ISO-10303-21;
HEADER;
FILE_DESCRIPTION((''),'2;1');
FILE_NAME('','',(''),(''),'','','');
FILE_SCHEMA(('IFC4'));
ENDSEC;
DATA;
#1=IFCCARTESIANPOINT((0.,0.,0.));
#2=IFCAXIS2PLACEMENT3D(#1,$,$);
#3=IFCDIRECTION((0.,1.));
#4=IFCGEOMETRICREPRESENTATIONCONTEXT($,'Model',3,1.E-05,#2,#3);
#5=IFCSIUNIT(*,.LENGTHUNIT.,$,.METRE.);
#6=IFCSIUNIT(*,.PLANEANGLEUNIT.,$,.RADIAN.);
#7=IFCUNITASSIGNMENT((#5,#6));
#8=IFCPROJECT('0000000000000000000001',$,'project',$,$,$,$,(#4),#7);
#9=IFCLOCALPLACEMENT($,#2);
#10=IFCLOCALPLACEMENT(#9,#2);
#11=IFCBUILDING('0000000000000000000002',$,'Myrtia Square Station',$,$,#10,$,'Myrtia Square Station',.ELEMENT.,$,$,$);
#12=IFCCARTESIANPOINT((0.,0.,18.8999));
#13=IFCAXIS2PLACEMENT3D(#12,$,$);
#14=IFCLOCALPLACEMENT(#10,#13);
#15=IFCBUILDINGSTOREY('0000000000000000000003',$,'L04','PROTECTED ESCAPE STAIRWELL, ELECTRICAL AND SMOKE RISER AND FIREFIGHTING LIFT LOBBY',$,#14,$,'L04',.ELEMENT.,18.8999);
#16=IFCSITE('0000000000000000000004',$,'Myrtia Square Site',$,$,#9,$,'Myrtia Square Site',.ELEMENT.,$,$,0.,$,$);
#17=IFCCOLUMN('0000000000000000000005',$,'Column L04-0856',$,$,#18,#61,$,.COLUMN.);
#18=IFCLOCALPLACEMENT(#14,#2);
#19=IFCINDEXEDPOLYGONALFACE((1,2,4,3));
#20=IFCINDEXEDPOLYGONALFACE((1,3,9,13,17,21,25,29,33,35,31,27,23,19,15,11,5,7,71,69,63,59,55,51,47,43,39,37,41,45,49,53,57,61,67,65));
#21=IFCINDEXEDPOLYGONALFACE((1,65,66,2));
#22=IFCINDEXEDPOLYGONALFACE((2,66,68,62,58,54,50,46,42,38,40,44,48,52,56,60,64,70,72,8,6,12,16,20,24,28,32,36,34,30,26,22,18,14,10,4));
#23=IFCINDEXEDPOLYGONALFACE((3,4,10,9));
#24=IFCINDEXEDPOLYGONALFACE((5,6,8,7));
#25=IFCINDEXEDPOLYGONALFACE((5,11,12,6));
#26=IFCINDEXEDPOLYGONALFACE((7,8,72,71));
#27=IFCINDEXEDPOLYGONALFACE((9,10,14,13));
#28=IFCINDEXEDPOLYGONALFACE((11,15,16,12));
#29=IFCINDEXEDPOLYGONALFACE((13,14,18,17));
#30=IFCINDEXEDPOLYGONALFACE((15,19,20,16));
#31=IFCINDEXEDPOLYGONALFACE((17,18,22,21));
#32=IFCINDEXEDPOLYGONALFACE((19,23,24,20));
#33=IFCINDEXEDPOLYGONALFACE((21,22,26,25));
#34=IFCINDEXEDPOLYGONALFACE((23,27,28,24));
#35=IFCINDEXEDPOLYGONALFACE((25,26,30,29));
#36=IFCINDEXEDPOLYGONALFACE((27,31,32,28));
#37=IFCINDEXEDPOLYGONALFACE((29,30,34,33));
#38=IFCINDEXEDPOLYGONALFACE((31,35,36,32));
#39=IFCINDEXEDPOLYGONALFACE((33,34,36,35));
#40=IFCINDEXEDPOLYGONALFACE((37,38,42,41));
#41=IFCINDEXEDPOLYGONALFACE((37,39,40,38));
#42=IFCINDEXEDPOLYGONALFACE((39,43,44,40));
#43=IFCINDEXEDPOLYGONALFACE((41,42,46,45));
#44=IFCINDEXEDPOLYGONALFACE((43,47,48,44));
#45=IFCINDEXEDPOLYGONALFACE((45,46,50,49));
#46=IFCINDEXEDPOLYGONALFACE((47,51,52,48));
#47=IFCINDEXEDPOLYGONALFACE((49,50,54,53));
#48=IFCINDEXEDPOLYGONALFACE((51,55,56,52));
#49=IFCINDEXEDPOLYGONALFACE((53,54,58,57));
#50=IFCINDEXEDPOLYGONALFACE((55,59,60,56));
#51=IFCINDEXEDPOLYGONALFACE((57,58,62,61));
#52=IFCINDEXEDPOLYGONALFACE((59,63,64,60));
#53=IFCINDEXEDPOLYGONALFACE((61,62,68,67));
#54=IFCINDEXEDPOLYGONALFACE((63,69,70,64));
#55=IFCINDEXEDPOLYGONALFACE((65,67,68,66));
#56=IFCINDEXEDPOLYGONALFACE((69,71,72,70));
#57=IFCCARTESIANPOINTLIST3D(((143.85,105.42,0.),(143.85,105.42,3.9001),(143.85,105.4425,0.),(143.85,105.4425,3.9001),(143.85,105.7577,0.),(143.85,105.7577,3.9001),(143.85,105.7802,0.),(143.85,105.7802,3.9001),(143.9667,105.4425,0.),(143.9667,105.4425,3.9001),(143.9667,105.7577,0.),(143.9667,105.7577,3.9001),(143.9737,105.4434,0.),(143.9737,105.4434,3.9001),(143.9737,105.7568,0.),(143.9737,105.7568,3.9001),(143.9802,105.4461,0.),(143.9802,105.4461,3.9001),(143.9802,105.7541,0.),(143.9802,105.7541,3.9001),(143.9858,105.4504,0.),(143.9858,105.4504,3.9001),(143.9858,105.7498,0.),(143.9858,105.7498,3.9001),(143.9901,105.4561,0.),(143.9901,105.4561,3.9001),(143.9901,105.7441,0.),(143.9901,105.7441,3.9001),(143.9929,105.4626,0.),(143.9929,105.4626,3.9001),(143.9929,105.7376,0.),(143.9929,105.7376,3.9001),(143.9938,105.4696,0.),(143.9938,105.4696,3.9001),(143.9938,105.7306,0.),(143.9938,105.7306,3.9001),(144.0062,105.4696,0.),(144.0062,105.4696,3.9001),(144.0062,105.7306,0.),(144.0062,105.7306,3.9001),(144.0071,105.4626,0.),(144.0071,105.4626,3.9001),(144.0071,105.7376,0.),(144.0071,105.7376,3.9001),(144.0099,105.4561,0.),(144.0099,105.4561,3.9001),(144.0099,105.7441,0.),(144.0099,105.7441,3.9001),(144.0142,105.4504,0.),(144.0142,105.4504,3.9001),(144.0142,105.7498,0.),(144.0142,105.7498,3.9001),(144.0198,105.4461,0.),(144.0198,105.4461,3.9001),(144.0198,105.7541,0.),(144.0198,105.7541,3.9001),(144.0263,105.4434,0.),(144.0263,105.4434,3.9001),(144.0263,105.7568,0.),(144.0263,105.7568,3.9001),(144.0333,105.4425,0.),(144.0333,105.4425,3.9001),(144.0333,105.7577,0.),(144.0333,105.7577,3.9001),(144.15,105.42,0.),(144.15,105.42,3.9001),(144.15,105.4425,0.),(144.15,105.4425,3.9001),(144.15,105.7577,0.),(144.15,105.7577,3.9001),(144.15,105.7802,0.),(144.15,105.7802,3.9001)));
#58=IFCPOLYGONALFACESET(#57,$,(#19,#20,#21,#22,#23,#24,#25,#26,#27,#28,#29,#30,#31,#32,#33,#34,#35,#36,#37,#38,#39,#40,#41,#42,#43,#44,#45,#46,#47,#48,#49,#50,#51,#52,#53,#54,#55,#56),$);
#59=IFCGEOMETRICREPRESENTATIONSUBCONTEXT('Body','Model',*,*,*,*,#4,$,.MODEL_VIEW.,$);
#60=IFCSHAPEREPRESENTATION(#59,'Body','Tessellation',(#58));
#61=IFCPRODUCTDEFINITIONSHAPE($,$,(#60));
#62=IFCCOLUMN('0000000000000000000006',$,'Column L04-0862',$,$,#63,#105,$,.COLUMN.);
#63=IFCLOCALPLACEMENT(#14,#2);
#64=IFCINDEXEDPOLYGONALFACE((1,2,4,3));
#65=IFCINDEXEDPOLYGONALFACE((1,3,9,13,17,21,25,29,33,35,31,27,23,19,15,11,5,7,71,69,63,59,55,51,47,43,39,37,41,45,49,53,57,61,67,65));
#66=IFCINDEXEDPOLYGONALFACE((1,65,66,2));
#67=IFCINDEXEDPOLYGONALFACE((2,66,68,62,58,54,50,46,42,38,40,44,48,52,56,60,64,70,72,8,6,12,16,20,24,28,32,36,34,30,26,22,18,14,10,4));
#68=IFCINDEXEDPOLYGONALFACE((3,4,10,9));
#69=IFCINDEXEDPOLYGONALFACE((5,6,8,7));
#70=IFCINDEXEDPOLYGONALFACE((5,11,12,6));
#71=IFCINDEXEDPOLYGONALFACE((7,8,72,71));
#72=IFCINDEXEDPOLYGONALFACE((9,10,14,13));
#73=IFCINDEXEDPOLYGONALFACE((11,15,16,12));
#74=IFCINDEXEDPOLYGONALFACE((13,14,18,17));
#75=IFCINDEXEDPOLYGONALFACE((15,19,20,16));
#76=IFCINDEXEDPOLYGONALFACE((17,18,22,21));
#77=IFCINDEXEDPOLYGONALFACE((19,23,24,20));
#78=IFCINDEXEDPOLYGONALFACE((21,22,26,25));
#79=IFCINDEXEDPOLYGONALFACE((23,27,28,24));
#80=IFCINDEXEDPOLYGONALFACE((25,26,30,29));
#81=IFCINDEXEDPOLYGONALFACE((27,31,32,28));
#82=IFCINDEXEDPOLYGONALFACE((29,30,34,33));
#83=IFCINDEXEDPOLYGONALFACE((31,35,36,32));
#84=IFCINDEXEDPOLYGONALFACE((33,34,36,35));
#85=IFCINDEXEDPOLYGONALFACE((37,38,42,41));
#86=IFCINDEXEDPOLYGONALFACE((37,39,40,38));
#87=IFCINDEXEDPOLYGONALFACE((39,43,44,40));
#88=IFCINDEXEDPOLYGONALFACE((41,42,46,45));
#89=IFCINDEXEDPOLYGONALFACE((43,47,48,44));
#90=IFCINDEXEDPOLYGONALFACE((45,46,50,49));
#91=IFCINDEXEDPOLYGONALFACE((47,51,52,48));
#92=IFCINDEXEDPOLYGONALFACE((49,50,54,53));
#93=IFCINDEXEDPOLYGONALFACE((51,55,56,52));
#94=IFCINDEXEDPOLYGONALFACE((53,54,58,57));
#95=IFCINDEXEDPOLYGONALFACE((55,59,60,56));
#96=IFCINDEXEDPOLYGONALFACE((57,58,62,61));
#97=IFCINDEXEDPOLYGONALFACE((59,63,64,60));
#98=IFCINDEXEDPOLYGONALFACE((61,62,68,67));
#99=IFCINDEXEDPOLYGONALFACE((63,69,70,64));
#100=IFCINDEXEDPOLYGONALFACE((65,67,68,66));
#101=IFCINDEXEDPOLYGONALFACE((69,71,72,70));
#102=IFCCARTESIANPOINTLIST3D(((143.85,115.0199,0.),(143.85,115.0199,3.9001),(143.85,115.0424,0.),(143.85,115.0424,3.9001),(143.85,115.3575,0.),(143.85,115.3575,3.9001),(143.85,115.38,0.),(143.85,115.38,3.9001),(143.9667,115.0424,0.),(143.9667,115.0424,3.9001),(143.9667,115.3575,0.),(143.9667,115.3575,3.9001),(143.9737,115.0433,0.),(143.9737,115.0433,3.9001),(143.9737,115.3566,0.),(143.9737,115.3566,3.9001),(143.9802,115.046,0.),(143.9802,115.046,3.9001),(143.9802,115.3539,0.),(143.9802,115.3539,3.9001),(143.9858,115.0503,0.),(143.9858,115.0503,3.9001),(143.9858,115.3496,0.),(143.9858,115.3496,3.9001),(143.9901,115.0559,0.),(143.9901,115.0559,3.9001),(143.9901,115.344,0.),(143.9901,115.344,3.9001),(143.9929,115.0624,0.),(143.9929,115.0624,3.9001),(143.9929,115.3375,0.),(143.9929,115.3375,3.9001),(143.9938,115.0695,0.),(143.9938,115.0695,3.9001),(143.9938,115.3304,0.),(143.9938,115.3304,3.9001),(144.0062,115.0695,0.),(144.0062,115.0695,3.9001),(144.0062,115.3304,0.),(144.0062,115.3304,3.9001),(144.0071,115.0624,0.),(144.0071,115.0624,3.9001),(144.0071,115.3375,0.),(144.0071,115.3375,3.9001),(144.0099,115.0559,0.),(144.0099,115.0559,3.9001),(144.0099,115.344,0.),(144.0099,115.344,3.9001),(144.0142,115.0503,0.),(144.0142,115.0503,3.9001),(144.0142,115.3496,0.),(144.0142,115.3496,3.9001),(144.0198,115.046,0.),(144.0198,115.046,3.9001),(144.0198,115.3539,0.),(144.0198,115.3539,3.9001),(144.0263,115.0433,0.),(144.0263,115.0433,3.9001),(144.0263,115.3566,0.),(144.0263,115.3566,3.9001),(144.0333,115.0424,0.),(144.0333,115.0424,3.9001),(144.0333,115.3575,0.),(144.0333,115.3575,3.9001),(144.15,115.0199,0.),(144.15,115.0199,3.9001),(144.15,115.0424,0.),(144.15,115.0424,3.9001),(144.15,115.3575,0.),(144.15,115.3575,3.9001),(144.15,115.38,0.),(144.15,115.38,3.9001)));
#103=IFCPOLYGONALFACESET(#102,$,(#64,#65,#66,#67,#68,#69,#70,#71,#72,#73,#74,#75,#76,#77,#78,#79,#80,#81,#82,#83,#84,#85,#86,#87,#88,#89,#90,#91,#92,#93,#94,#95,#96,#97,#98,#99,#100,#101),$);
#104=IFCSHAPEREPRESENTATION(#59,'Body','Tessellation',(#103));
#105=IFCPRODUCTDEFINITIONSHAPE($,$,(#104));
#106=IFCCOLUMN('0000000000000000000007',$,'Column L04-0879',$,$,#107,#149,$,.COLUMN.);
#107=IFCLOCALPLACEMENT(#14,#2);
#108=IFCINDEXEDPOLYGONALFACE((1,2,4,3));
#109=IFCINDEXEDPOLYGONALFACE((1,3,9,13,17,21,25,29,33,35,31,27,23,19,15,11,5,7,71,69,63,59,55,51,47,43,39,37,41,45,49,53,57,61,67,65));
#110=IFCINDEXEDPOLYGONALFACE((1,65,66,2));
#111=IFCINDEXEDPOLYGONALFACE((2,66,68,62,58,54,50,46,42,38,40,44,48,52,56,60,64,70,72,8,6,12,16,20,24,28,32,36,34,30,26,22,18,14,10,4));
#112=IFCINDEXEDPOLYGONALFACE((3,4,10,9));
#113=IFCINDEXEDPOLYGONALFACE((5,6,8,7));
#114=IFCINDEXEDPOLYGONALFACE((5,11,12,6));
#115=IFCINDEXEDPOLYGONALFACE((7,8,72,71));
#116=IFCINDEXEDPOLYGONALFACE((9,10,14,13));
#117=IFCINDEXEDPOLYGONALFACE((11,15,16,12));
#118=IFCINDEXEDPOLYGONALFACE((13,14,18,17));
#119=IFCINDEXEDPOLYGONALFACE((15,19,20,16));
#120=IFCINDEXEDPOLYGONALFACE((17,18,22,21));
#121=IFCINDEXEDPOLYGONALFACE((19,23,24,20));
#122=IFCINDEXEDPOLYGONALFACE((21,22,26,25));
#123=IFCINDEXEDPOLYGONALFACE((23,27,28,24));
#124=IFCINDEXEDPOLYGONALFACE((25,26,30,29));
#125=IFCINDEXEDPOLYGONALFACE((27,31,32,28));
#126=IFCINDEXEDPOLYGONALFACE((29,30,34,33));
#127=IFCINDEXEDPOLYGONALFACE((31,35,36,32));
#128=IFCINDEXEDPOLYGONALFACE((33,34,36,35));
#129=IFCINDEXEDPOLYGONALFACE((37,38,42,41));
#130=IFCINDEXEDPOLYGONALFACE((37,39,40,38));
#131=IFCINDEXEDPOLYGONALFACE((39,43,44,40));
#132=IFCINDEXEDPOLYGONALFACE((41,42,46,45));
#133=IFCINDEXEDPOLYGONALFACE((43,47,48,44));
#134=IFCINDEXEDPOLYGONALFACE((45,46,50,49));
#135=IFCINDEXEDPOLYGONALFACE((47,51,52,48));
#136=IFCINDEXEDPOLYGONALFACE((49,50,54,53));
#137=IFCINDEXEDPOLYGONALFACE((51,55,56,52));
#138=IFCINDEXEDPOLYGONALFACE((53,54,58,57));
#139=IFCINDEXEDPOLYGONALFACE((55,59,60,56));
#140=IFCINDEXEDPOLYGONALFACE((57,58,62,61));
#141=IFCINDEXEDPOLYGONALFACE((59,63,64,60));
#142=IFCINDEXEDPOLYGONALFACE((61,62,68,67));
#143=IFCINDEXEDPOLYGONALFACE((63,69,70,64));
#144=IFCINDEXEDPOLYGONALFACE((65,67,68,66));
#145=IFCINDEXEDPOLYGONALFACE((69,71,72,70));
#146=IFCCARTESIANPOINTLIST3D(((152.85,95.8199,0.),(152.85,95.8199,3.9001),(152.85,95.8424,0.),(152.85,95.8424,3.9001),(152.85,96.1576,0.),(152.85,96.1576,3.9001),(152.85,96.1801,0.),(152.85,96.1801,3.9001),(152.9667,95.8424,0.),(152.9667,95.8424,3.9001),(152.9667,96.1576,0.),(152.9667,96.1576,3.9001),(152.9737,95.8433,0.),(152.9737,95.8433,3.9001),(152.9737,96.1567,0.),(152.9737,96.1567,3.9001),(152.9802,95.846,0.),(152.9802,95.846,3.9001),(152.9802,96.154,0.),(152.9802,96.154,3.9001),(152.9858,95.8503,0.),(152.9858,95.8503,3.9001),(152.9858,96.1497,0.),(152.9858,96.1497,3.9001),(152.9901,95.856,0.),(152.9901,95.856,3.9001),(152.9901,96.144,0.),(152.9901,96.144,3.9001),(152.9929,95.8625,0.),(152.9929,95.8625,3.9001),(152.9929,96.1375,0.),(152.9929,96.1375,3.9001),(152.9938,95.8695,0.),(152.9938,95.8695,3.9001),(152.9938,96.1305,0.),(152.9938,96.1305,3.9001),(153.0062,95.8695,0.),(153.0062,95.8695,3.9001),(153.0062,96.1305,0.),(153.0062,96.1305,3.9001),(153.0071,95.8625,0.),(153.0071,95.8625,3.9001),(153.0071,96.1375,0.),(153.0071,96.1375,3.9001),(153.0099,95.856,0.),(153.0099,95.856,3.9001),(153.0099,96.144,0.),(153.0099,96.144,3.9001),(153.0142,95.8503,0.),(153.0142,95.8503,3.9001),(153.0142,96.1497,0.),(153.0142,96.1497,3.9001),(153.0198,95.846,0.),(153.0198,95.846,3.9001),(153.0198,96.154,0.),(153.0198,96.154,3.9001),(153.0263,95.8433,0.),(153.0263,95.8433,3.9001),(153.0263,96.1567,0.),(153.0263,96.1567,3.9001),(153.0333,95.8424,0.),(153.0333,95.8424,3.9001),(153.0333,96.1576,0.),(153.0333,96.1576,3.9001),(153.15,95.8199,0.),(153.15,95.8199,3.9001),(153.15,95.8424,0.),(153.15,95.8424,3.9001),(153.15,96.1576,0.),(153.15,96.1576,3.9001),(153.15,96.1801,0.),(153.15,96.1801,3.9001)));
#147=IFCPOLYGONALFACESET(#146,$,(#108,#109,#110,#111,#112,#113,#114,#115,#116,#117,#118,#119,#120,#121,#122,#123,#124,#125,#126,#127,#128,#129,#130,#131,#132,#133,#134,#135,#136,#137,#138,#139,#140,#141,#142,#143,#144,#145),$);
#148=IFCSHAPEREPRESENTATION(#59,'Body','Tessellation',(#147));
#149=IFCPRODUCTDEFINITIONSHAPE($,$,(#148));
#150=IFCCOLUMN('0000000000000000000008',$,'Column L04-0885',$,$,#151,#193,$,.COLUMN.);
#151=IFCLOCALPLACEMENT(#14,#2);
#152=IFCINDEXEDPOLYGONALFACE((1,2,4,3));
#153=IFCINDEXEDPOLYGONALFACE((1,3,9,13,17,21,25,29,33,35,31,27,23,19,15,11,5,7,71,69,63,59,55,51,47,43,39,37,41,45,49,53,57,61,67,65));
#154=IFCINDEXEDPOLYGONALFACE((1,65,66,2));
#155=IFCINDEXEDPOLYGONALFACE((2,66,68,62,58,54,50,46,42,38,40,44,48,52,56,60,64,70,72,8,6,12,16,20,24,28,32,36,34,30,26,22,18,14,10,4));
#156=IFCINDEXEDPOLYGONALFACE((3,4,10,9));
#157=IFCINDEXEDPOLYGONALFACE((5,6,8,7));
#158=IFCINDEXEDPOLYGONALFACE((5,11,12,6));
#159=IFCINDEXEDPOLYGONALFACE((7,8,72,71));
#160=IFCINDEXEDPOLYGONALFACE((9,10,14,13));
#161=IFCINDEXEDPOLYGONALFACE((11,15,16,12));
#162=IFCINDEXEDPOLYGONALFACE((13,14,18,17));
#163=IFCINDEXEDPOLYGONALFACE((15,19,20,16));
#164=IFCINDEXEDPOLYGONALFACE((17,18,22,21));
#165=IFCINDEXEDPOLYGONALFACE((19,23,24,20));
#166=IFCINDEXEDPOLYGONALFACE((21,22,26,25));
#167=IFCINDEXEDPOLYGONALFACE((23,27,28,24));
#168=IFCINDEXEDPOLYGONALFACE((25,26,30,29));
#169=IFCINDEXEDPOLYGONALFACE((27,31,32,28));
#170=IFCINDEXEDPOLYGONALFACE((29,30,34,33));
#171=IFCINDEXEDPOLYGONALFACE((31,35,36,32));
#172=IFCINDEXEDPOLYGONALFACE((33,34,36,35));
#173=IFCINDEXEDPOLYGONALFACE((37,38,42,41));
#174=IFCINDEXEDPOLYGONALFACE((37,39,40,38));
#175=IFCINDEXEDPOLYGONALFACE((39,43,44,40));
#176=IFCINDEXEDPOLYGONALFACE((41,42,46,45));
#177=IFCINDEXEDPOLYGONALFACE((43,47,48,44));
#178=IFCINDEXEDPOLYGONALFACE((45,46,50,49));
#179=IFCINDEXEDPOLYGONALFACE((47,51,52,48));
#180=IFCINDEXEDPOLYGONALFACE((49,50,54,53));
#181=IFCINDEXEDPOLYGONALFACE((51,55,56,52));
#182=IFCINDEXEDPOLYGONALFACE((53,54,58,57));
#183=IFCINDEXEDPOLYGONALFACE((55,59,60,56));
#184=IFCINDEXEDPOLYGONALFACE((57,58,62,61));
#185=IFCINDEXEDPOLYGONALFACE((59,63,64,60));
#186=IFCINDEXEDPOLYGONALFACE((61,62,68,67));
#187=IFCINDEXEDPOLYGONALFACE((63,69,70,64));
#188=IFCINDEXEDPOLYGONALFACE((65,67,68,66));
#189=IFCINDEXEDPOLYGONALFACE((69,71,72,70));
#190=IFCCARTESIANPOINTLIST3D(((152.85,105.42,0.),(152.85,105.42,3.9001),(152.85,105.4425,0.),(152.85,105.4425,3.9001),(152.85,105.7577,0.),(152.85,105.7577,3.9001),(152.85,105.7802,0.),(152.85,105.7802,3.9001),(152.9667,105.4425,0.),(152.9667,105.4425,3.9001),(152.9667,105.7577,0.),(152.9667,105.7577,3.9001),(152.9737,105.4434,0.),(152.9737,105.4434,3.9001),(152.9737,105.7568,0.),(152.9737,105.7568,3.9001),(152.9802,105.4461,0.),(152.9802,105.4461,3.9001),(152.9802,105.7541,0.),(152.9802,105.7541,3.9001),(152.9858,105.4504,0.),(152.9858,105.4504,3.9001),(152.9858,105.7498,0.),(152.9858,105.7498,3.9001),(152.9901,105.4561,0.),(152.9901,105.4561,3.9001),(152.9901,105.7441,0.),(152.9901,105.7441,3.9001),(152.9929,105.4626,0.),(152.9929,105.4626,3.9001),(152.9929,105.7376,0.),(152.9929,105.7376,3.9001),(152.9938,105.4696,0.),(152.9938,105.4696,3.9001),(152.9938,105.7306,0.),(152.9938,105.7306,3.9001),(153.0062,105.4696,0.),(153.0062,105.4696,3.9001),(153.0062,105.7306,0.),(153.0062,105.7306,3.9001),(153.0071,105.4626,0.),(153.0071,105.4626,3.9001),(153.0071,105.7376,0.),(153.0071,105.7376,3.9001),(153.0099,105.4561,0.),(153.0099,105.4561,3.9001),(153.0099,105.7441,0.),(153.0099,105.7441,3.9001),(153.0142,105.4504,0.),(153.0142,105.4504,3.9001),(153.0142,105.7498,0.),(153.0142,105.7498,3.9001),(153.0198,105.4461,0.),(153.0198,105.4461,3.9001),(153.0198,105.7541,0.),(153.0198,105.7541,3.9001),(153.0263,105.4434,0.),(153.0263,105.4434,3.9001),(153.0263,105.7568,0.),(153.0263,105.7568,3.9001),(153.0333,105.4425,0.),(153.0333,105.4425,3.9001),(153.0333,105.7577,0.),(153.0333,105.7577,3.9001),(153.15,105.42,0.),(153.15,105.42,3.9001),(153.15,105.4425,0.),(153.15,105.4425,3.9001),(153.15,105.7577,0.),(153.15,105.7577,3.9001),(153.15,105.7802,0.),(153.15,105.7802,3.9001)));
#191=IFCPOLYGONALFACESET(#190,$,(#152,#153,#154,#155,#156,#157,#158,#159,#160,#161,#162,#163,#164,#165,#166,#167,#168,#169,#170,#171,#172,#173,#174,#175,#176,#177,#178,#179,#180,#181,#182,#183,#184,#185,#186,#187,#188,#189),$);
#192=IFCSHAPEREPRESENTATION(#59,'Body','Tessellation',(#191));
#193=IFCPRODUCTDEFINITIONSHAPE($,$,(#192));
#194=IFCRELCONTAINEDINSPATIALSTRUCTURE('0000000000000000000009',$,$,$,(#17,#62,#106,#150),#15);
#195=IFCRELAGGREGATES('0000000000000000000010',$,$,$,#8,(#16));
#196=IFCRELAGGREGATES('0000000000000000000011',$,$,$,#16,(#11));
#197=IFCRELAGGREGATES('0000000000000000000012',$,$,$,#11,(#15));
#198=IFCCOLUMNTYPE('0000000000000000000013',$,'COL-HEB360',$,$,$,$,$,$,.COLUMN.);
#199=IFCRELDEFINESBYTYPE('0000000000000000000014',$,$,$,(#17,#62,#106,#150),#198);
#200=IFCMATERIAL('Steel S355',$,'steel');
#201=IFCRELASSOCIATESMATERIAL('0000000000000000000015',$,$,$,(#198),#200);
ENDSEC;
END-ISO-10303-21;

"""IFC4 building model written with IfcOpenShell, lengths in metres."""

from ifc_helpers import new_model, si_unit, direction, frame, origin, origin_2d, place, context, subcontext, project, spatial, i_section, extrude, material, material_profile, profile_set, type_object, element, save


model = new_model("IFC4")

# Units and contexts
model_context = context("Model", 3, precision=1e-05, world=origin(), true_north=direction((0.0, 1.0)))
body_context = subcontext(model_context, "Body", "Model", "MODEL_VIEW")
ifc_project = project(units=[si_unit("LENGTHUNIT", "METRE"), si_unit("PLANEANGLEUNIT", "RADIAN")], contexts=[model_context])

# Site, building, storey
site_placement = place(None, origin())
site = spatial("IfcSite", under=ifc_project, at=site_placement, Name="Myrtia Square Site", LongName="Myrtia Square Site", CompositionType="ELEMENT", RefElevation=0.0)
building_placement = place(site_placement, origin())
building = spatial("IfcBuilding", under=site, at=building_placement, Name="Myrtia Square Station", LongName="Myrtia Square Station", CompositionType="ELEMENT")
storey_placement = place(building_placement, frame((0.0, 0.0, 18.8999)))
storey = spatial("IfcBuildingStorey", under=building, at=storey_placement, Name="L04", Description="PROTECTED ESCAPE STAIRWELL, ELECTRICAL AND SMOKE RISER AND FIREFIGHTING LIFT LOBBY", LongName="L04", CompositionType="ELEMENT", Elevation=18.8999)

# Columns
ifc_material_1 = material(Name="Steel S355", Category="steel")
ifc_material_profile_1 = material_profile(ifc_material_1, i_section(OverallWidth=0.3, OverallDepth=0.3601, WebThickness=0.0125, FlangeThickness=0.0225, FilletRadius=0.0271, at=origin_2d()), Name="HEB 360")
ifc_profile_set_1 = profile_set([ifc_material_profile_1], Name="Steel S355")
column_type = type_object("IfcColumnType", Name="COL-HEB360", PredefinedType="COLUMN", material=ifc_profile_set_1)
for number, where, z_axis, x_axis, name in (
    (1, (144.0, 105.6001, 0.0), (0.0, 0.0, 1.0), (1.0, 0.0, 0.0), "Column L04-0856"),
    (2, (144.0, 115.2, 0.0), (0.0, 0.0, 1.0), (1.0, 0.0, 0.0), "Column L04-0862"),
    (3, (153.0, 96.0, 0.0), (0.0, 0.0, 1.0), (1.0, 0.0, 0.0), "Column L04-0879"),
    (4, (153.0, 105.6001, 0.0), (0.0, 0.0, 1.0), (1.0, 0.0, 0.0), "Column L04-0885"),
):
    element("IfcColumn", number, at=place(storey_placement, frame(where, z_axis=z_axis, x_axis=x_axis)), inside=storey, type_object=column_type, Name=name, PredefinedType="COLUMN", context=body_context, shape_type="SweptSolid", body=[
        extrude(i_section(OverallWidth=0.3, OverallDepth=0.3601, WebThickness=0.0125, FlangeThickness=0.0225, FilletRadius=0.0271, at=origin_2d()), origin(), (0.0, 0.0, 1.0), 3.9001),
    ])

save(model, "model.ifc")
